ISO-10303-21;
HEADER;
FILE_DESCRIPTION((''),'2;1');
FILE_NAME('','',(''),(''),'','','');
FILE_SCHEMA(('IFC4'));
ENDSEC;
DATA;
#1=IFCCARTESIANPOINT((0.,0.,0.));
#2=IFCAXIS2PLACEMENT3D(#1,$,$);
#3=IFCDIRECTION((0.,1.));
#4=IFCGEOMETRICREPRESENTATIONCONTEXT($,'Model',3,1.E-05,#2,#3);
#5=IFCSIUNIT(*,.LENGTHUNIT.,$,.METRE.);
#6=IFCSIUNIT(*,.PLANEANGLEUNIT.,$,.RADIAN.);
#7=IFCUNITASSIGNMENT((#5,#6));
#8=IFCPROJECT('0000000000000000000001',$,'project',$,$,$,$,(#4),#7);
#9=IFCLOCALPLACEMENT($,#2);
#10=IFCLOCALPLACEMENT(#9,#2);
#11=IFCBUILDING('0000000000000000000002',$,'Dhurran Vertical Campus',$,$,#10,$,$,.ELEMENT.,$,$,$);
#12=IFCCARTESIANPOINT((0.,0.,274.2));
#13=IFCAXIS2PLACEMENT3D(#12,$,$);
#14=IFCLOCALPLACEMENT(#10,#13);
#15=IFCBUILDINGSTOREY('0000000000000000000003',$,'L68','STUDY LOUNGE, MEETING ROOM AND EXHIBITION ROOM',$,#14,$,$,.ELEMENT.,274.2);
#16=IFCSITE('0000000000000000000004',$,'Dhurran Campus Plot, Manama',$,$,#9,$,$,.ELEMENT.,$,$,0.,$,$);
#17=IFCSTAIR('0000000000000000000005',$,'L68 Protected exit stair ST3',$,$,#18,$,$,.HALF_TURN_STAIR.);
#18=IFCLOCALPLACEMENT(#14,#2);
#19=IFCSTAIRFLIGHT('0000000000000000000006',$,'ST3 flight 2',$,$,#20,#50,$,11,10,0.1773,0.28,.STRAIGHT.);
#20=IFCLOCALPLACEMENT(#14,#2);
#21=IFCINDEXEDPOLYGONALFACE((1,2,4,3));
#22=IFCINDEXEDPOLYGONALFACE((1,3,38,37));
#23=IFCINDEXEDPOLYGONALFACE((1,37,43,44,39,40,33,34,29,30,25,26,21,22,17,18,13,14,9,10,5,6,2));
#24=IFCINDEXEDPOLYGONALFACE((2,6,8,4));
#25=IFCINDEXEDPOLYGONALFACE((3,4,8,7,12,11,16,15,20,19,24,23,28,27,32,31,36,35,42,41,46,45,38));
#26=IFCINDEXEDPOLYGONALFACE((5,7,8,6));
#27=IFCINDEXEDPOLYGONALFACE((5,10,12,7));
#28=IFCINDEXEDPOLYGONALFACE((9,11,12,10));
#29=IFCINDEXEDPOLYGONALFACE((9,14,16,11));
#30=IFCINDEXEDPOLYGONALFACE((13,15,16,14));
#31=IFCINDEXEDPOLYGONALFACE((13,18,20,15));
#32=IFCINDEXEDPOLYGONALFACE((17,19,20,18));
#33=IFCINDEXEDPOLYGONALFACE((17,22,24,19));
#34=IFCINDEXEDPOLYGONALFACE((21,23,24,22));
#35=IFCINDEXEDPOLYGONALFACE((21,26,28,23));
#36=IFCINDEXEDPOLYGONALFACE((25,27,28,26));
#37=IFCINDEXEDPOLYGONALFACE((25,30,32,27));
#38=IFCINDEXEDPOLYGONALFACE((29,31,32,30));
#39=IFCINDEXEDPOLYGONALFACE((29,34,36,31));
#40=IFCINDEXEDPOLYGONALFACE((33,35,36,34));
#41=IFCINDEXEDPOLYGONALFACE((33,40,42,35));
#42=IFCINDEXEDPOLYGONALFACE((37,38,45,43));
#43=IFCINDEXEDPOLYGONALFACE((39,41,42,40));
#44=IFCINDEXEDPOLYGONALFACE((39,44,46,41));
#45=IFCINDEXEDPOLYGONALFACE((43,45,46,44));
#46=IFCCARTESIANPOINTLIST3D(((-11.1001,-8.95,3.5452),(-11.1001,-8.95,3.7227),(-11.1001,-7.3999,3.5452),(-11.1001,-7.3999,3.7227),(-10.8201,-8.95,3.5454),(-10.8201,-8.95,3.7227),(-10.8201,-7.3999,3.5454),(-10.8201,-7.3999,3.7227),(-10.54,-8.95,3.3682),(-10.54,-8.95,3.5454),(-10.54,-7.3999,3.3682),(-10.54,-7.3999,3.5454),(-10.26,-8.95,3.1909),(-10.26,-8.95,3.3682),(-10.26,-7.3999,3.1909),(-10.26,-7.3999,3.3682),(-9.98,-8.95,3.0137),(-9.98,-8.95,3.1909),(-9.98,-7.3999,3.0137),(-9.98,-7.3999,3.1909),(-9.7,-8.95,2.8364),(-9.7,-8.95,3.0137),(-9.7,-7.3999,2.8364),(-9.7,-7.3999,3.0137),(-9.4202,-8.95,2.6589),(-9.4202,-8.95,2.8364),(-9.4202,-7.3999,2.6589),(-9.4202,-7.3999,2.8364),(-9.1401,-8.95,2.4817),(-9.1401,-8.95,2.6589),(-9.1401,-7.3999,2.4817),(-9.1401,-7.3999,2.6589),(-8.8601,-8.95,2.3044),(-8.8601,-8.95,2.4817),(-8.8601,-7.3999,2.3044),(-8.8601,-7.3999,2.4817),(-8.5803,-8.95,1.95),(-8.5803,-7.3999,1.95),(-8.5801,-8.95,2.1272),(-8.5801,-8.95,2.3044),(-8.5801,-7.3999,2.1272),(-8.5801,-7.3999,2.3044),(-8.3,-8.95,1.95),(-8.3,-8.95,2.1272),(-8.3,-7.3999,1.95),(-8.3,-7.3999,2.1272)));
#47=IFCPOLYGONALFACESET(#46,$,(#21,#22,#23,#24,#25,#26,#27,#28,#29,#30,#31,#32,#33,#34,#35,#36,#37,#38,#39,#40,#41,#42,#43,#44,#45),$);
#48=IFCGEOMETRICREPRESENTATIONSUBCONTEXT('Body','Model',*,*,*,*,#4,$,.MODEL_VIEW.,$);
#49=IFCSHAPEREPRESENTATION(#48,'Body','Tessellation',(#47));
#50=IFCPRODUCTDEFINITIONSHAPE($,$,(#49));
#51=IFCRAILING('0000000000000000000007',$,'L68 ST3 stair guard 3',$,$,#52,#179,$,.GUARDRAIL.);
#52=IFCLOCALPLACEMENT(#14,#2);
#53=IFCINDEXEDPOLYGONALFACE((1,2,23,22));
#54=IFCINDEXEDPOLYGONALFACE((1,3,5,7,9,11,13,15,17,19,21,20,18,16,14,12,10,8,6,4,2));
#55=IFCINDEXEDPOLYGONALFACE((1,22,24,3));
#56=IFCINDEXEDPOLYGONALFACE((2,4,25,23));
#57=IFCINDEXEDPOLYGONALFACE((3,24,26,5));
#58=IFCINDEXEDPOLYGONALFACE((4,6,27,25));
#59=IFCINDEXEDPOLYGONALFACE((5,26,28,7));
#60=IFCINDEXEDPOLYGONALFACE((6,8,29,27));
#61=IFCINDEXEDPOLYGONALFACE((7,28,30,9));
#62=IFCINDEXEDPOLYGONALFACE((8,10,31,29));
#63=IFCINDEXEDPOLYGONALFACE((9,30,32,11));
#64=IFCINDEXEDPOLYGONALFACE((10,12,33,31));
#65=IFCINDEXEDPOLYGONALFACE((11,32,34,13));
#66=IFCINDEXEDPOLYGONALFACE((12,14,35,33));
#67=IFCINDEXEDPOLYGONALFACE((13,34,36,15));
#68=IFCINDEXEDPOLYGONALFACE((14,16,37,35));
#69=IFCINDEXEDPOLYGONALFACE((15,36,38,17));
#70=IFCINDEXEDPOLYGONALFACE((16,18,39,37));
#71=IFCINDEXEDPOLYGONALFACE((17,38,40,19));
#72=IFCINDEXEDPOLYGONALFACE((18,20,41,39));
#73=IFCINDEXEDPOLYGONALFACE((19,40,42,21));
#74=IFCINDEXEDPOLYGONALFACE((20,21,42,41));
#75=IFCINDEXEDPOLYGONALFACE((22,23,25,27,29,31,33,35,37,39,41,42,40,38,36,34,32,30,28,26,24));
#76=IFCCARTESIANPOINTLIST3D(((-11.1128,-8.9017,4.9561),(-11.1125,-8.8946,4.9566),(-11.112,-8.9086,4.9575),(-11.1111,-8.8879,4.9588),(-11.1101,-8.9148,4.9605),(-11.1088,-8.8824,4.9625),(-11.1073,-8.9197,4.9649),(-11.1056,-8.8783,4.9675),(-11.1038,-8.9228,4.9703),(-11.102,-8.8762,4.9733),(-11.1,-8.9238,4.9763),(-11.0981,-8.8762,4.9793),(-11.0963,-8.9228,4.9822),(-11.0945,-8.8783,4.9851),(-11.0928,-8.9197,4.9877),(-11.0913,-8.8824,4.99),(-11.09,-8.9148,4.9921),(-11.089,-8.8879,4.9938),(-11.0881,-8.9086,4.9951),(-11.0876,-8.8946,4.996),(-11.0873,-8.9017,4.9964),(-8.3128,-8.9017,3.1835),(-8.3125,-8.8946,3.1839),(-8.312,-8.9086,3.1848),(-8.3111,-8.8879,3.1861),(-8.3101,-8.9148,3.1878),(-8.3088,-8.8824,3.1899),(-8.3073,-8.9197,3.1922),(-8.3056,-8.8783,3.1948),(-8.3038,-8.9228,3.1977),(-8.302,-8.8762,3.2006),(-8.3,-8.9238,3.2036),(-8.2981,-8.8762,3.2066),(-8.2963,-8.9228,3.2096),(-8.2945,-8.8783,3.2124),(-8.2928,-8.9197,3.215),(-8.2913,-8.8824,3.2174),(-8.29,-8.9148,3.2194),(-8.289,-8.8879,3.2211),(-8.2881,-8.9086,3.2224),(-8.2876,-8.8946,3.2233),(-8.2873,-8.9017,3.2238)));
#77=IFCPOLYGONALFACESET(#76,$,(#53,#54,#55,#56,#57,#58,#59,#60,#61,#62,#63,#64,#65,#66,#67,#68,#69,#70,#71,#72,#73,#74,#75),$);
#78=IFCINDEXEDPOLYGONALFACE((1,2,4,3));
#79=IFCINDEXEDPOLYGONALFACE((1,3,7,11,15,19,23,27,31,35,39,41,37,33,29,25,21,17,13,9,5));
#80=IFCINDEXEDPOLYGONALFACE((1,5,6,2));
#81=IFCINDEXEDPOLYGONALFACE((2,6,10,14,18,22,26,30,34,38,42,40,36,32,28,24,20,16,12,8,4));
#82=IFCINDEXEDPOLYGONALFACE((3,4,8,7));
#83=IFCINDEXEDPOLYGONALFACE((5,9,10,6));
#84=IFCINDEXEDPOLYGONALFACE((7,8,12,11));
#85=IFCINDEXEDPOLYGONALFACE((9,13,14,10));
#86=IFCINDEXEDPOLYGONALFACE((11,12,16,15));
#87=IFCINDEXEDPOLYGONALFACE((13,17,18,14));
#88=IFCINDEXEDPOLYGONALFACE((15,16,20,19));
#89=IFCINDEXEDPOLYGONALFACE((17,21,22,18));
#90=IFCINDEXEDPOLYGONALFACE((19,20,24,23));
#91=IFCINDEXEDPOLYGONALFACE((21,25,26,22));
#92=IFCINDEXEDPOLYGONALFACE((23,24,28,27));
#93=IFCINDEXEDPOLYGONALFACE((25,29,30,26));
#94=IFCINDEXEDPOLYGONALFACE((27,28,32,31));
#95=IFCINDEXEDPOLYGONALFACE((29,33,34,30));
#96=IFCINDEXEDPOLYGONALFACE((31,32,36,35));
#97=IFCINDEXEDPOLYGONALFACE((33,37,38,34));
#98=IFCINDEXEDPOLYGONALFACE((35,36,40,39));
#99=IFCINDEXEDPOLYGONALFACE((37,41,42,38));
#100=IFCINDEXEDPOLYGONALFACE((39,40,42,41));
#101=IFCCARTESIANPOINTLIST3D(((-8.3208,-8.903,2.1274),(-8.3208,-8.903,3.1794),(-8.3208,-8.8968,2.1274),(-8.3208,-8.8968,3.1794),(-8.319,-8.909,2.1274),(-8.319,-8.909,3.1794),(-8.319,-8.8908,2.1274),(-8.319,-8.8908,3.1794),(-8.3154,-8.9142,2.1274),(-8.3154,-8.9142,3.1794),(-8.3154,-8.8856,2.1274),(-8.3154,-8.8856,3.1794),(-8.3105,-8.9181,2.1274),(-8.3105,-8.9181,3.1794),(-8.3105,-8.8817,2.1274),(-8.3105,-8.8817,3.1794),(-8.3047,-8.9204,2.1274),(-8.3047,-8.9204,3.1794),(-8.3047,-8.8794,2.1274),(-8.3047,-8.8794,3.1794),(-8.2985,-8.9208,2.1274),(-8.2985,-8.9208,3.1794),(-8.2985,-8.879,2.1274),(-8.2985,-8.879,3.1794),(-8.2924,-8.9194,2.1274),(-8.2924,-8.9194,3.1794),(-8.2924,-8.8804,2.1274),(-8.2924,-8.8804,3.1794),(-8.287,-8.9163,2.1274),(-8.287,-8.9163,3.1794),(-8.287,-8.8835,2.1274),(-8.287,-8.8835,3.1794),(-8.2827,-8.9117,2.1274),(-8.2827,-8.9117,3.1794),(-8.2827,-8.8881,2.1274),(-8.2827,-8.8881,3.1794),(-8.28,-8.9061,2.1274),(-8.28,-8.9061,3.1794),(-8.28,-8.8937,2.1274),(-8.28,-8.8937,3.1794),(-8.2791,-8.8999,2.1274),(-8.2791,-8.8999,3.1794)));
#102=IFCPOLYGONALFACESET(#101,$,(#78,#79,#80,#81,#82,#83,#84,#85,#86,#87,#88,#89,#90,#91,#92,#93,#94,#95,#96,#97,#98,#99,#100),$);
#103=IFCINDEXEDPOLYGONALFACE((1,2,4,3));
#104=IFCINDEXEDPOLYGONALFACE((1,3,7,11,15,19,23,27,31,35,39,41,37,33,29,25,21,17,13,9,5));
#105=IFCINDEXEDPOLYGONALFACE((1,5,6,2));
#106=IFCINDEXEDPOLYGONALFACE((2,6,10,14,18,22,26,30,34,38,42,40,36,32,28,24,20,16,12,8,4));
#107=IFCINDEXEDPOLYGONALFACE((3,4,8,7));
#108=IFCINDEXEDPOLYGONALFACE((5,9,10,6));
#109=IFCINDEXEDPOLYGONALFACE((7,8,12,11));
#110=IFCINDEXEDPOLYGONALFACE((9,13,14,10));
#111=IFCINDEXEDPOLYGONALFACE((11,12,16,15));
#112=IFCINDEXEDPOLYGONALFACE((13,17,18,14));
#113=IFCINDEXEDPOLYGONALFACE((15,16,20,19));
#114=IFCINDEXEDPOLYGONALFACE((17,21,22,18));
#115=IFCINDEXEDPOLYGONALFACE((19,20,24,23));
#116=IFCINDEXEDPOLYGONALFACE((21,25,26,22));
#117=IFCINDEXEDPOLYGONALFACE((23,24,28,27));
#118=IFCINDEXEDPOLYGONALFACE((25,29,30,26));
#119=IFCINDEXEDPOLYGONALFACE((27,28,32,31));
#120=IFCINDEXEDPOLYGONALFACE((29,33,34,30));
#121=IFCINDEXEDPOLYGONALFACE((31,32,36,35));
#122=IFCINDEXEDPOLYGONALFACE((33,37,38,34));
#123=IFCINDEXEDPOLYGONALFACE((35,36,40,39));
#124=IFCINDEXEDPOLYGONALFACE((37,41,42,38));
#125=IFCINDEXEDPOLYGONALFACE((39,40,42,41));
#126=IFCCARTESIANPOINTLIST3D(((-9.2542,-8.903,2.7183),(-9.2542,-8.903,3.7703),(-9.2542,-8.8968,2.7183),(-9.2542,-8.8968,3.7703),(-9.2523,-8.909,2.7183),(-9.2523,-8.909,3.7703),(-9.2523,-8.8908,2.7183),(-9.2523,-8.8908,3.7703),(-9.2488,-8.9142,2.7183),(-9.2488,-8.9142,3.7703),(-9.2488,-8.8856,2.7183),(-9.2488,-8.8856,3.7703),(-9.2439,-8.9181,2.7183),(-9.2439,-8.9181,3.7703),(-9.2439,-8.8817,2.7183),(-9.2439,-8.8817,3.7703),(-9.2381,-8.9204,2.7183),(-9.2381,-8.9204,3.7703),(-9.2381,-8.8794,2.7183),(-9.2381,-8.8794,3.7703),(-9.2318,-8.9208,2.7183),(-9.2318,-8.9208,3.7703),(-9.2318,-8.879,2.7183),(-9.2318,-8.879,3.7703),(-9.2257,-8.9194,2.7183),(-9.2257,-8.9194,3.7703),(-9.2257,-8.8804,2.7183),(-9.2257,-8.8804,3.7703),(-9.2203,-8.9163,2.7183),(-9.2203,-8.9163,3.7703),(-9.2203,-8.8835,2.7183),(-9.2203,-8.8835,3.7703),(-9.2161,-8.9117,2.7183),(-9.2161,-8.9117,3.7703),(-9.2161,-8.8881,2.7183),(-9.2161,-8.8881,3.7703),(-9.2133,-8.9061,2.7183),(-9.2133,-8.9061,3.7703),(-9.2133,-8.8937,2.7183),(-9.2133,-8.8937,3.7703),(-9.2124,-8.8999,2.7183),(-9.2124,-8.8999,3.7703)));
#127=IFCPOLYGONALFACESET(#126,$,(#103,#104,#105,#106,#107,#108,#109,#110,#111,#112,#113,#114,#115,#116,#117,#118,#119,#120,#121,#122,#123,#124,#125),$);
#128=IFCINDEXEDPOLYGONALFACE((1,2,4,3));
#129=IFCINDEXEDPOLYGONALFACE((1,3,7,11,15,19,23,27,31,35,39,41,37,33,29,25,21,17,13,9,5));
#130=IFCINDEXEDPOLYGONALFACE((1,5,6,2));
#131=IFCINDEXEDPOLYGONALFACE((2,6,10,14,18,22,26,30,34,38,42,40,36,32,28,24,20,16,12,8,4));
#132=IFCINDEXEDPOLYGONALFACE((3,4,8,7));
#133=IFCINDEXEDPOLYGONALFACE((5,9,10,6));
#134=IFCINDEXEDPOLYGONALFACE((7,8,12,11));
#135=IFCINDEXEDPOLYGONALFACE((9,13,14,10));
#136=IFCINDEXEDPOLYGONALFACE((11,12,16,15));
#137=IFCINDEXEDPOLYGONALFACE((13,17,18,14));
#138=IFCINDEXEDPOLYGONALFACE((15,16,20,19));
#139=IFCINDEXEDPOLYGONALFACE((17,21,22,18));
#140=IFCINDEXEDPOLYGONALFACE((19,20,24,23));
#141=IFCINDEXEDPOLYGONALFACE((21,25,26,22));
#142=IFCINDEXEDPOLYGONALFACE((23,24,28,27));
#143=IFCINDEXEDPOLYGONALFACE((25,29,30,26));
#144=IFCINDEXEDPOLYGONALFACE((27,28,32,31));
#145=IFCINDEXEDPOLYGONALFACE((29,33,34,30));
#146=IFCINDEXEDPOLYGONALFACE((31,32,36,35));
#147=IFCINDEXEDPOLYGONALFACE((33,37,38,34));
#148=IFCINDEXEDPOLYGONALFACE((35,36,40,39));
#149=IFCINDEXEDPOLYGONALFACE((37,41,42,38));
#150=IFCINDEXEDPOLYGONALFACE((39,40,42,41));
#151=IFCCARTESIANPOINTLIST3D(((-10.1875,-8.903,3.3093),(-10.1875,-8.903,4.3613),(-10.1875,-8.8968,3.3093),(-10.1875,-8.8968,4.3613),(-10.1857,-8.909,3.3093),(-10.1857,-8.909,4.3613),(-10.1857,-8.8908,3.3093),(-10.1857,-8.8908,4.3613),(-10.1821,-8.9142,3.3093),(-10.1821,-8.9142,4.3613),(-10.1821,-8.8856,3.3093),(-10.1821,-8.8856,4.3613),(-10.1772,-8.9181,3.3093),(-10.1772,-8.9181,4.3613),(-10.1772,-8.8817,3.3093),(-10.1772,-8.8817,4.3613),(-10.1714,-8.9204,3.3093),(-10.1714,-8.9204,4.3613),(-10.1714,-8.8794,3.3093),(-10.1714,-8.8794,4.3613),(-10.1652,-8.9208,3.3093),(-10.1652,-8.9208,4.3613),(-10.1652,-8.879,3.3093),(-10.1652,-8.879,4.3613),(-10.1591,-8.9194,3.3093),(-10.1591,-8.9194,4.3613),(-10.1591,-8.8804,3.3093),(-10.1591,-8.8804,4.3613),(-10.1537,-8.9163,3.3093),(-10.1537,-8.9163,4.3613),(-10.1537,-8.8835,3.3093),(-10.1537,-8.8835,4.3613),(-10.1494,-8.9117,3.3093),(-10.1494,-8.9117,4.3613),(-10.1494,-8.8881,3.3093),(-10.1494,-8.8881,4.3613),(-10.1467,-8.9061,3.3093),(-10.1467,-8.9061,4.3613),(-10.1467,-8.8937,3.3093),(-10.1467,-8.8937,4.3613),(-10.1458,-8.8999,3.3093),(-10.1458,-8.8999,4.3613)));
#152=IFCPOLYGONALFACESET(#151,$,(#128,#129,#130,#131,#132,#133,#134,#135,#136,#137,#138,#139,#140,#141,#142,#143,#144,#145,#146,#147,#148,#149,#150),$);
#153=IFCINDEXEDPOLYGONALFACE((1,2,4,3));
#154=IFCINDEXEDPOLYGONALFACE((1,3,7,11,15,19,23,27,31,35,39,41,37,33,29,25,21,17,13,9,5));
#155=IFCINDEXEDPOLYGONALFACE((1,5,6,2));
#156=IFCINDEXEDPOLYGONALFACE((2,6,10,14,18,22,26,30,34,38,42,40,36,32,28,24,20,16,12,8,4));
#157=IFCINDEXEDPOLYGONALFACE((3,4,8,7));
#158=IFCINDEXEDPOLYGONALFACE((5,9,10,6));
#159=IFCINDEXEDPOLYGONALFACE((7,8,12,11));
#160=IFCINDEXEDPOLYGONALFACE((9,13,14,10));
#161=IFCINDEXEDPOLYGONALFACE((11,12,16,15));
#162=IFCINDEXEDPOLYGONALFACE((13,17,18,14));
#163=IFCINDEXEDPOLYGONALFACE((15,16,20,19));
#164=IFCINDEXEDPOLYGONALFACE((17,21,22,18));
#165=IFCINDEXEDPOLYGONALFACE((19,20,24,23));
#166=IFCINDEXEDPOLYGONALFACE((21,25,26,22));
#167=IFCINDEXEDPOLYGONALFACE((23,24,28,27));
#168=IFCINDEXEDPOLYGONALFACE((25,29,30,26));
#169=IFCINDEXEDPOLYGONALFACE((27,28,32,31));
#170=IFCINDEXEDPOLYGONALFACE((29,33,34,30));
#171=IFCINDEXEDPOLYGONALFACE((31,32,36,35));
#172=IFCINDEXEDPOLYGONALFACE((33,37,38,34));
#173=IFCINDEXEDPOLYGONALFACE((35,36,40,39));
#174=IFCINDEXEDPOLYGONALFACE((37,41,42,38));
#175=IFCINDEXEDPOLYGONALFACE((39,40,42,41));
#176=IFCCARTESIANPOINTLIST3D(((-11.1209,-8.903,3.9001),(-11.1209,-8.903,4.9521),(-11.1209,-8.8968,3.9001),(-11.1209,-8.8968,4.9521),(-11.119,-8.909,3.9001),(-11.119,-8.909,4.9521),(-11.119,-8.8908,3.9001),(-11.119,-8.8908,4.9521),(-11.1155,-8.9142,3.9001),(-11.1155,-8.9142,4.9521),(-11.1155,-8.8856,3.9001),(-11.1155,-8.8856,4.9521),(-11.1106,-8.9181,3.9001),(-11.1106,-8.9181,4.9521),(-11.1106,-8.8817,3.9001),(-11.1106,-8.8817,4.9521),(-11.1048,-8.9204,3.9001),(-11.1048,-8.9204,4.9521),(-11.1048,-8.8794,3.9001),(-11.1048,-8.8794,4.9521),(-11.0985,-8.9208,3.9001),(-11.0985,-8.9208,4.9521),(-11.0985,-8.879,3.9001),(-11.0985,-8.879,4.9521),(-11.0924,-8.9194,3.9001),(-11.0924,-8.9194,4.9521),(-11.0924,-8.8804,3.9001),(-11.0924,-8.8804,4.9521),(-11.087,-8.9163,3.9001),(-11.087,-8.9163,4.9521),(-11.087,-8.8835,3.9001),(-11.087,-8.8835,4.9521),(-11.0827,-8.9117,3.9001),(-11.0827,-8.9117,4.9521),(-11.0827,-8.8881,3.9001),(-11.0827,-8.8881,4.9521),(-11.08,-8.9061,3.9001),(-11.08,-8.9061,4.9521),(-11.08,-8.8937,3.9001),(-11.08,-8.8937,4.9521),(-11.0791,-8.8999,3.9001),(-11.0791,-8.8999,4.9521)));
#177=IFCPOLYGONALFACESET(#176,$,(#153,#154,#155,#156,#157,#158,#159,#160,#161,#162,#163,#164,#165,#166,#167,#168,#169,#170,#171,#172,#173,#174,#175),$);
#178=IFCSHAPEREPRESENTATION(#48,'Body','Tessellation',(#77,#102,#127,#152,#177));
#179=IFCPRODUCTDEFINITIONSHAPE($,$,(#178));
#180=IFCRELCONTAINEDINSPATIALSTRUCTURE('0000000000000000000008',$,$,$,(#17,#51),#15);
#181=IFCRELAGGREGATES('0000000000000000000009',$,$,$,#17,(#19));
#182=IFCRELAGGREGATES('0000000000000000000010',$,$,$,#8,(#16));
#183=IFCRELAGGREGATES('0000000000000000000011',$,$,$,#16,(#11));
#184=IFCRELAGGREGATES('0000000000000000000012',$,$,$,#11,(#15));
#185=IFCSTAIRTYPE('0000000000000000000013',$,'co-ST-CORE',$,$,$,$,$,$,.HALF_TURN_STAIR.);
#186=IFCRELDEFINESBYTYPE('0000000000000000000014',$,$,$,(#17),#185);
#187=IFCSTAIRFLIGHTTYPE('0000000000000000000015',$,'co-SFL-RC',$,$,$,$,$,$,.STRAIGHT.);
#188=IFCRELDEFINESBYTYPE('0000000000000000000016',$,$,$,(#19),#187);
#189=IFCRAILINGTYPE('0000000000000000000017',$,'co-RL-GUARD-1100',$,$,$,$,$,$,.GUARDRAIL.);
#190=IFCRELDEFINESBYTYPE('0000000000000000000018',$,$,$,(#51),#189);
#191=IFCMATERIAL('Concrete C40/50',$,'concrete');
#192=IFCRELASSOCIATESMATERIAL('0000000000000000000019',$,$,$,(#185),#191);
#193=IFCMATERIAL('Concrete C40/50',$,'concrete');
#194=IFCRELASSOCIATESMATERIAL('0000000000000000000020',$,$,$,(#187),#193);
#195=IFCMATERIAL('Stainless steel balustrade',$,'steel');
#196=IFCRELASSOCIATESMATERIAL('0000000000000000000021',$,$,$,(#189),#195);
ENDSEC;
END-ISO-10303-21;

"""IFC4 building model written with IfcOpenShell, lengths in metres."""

from ifc_helpers import new_model, si_unit, direction, frame, origin, origin_2d, place, context, subcontext, project, spatial, polyline, circle, outline, extrude, material, type_object, element, aggregate, save


model = new_model("IFC4")

# Units and contexts
model_context = context("Model", 3, precision=1e-05, world=origin(), true_north=direction((0.0, 1.0)))
body_context = subcontext(model_context, "Body", "Model", "MODEL_VIEW")
ifc_project = project(units=[si_unit("LENGTHUNIT", "METRE"), si_unit("PLANEANGLEUNIT", "RADIAN")], contexts=[model_context])

# Site, building, storey
site_placement = place(None, origin())
site = spatial("IfcSite", under=ifc_project, at=site_placement, Name="Dhurran Campus Plot, Manama", CompositionType="ELEMENT", RefElevation=0.0)
building_placement = place(site_placement, origin())
building = spatial("IfcBuilding", under=site, at=building_placement, Name="Dhurran Vertical Campus", CompositionType="ELEMENT")
storey_placement = place(building_placement, frame((0.0, 0.0, 274.2)))
storey = spatial("IfcBuildingStorey", under=building, at=storey_placement, Name="L68", Description="STUDY LOUNGE, MEETING ROOM AND EXHIBITION ROOM", CompositionType="ELEMENT", Elevation=274.2)

# Stair, stair flight
ifc_material_1 = material(Name="Concrete C40/50", Category="concrete")
stair_type = type_object("IfcStairType", Name="co-ST-CORE", PredefinedType="HALF_TURN_STAIR", material=ifc_material_1)
stair_placement = place(storey_placement, origin())
stair = element("IfcStair", 1, at=stair_placement, inside=storey, type_object=stair_type, Name="L68 Protected exit stair ST3", PredefinedType="HALF_TURN_STAIR")
ifc_material_2 = material(Name="Concrete C40/50", Category="concrete")
stair_flight_type = type_object("IfcStairFlightType", Name="co-SFL-RC", PredefinedType="STRAIGHT", material=ifc_material_2)
stair_flight_placement = place(storey_placement, frame((-8.3, -8.175, 1.95), z_axis=(0.0, 0.0, 1.0), x_axis=(-1.0, 0.0, 0.0)))
stair_flight = element("IfcStairFlight", 2, at=stair_flight_placement, type_object=stair_flight_type, Name="ST3 flight 2", NumberOfRisers=11, NumberOfTreads=10, PredefinedType="STRAIGHT", RiserHeight=0.1773, TreadLength=0.28, context=body_context, shape_type="SweptSolid", body=[
    extrude(outline(polyline([(0.0, 0.0), (0.0, 0.1772), (0.28, 0.1772), (0.28, 0.3545), (0.5601, 0.3545), (0.5601, 0.5317), (0.8401, 0.5317), (0.8401, 0.709), (1.1201, 0.709), (1.1201, 0.8865), (1.3999, 0.8865), (1.3999, 1.0637), (1.6799, 1.0637), (1.6799, 1.241), (1.96, 1.241), (1.96, 1.4182), (2.24, 1.4182), (2.24, 1.5955), (2.52, 1.5955), (2.52, 1.7727), (2.8, 1.7727), (2.8, 1.95), (2.8, 1.5952), (0.2803, 0.0), (0.0, 0.0)])), frame((0.0, 0.7749, 0.0), z_axis=(0.0, -1.0, 0.0), x_axis=(1.0, 0.0, 0.0)), (0.0, 0.0, 1.0), 1.55),
])
aggregate(stair, [stair_flight])

# Railing
ifc_material_3 = material(Name="Stainless steel balustrade", Category="steel")
railing_type_1 = type_object("IfcRailingType", Name="co-RL-GUARD-1100", PredefinedType="GUARDRAIL", material=ifc_material_3)
railing_1_placement = place(storey_placement, frame((-8.3, -8.8999, 2.1274)))
element("IfcRailing", 3, at=railing_1_placement, inside=storey, type_object=railing_type_1, Name="L68 ST3 stair guard 3", PredefinedType="GUARDRAIL", context=body_context, shape_type="SweptSolid", body=[
    extrude(circle(Radius=0.0239, at=origin_2d()), frame((0.0, 0.0, 1.0762), z_axis=(-0.844909, 0.0, 0.53491), x_axis=(0.0, -1.0, 0.0)), (0.0, 0.0, 1.0), 3.314),
    extrude(circle(Radius=0.021, at=origin_2d()), origin(), (0.0, 0.0, 1.0), 1.052),
    extrude(circle(Radius=0.021, at=origin_2d()), frame((-0.9333, 0.0, 0.5908)), (0.0, 0.0, 1.0), 1.052),
    extrude(circle(Radius=0.021, at=origin_2d()), frame((-1.8667, 0.0, 1.1819)), (0.0, 0.0, 1.0), 1.052),
    extrude(circle(Radius=0.021, at=origin_2d()), frame((-2.8, 0.0, 1.7727)), (0.0, 0.0, 1.0), 1.052),
])

save(model, "model.ifc")
